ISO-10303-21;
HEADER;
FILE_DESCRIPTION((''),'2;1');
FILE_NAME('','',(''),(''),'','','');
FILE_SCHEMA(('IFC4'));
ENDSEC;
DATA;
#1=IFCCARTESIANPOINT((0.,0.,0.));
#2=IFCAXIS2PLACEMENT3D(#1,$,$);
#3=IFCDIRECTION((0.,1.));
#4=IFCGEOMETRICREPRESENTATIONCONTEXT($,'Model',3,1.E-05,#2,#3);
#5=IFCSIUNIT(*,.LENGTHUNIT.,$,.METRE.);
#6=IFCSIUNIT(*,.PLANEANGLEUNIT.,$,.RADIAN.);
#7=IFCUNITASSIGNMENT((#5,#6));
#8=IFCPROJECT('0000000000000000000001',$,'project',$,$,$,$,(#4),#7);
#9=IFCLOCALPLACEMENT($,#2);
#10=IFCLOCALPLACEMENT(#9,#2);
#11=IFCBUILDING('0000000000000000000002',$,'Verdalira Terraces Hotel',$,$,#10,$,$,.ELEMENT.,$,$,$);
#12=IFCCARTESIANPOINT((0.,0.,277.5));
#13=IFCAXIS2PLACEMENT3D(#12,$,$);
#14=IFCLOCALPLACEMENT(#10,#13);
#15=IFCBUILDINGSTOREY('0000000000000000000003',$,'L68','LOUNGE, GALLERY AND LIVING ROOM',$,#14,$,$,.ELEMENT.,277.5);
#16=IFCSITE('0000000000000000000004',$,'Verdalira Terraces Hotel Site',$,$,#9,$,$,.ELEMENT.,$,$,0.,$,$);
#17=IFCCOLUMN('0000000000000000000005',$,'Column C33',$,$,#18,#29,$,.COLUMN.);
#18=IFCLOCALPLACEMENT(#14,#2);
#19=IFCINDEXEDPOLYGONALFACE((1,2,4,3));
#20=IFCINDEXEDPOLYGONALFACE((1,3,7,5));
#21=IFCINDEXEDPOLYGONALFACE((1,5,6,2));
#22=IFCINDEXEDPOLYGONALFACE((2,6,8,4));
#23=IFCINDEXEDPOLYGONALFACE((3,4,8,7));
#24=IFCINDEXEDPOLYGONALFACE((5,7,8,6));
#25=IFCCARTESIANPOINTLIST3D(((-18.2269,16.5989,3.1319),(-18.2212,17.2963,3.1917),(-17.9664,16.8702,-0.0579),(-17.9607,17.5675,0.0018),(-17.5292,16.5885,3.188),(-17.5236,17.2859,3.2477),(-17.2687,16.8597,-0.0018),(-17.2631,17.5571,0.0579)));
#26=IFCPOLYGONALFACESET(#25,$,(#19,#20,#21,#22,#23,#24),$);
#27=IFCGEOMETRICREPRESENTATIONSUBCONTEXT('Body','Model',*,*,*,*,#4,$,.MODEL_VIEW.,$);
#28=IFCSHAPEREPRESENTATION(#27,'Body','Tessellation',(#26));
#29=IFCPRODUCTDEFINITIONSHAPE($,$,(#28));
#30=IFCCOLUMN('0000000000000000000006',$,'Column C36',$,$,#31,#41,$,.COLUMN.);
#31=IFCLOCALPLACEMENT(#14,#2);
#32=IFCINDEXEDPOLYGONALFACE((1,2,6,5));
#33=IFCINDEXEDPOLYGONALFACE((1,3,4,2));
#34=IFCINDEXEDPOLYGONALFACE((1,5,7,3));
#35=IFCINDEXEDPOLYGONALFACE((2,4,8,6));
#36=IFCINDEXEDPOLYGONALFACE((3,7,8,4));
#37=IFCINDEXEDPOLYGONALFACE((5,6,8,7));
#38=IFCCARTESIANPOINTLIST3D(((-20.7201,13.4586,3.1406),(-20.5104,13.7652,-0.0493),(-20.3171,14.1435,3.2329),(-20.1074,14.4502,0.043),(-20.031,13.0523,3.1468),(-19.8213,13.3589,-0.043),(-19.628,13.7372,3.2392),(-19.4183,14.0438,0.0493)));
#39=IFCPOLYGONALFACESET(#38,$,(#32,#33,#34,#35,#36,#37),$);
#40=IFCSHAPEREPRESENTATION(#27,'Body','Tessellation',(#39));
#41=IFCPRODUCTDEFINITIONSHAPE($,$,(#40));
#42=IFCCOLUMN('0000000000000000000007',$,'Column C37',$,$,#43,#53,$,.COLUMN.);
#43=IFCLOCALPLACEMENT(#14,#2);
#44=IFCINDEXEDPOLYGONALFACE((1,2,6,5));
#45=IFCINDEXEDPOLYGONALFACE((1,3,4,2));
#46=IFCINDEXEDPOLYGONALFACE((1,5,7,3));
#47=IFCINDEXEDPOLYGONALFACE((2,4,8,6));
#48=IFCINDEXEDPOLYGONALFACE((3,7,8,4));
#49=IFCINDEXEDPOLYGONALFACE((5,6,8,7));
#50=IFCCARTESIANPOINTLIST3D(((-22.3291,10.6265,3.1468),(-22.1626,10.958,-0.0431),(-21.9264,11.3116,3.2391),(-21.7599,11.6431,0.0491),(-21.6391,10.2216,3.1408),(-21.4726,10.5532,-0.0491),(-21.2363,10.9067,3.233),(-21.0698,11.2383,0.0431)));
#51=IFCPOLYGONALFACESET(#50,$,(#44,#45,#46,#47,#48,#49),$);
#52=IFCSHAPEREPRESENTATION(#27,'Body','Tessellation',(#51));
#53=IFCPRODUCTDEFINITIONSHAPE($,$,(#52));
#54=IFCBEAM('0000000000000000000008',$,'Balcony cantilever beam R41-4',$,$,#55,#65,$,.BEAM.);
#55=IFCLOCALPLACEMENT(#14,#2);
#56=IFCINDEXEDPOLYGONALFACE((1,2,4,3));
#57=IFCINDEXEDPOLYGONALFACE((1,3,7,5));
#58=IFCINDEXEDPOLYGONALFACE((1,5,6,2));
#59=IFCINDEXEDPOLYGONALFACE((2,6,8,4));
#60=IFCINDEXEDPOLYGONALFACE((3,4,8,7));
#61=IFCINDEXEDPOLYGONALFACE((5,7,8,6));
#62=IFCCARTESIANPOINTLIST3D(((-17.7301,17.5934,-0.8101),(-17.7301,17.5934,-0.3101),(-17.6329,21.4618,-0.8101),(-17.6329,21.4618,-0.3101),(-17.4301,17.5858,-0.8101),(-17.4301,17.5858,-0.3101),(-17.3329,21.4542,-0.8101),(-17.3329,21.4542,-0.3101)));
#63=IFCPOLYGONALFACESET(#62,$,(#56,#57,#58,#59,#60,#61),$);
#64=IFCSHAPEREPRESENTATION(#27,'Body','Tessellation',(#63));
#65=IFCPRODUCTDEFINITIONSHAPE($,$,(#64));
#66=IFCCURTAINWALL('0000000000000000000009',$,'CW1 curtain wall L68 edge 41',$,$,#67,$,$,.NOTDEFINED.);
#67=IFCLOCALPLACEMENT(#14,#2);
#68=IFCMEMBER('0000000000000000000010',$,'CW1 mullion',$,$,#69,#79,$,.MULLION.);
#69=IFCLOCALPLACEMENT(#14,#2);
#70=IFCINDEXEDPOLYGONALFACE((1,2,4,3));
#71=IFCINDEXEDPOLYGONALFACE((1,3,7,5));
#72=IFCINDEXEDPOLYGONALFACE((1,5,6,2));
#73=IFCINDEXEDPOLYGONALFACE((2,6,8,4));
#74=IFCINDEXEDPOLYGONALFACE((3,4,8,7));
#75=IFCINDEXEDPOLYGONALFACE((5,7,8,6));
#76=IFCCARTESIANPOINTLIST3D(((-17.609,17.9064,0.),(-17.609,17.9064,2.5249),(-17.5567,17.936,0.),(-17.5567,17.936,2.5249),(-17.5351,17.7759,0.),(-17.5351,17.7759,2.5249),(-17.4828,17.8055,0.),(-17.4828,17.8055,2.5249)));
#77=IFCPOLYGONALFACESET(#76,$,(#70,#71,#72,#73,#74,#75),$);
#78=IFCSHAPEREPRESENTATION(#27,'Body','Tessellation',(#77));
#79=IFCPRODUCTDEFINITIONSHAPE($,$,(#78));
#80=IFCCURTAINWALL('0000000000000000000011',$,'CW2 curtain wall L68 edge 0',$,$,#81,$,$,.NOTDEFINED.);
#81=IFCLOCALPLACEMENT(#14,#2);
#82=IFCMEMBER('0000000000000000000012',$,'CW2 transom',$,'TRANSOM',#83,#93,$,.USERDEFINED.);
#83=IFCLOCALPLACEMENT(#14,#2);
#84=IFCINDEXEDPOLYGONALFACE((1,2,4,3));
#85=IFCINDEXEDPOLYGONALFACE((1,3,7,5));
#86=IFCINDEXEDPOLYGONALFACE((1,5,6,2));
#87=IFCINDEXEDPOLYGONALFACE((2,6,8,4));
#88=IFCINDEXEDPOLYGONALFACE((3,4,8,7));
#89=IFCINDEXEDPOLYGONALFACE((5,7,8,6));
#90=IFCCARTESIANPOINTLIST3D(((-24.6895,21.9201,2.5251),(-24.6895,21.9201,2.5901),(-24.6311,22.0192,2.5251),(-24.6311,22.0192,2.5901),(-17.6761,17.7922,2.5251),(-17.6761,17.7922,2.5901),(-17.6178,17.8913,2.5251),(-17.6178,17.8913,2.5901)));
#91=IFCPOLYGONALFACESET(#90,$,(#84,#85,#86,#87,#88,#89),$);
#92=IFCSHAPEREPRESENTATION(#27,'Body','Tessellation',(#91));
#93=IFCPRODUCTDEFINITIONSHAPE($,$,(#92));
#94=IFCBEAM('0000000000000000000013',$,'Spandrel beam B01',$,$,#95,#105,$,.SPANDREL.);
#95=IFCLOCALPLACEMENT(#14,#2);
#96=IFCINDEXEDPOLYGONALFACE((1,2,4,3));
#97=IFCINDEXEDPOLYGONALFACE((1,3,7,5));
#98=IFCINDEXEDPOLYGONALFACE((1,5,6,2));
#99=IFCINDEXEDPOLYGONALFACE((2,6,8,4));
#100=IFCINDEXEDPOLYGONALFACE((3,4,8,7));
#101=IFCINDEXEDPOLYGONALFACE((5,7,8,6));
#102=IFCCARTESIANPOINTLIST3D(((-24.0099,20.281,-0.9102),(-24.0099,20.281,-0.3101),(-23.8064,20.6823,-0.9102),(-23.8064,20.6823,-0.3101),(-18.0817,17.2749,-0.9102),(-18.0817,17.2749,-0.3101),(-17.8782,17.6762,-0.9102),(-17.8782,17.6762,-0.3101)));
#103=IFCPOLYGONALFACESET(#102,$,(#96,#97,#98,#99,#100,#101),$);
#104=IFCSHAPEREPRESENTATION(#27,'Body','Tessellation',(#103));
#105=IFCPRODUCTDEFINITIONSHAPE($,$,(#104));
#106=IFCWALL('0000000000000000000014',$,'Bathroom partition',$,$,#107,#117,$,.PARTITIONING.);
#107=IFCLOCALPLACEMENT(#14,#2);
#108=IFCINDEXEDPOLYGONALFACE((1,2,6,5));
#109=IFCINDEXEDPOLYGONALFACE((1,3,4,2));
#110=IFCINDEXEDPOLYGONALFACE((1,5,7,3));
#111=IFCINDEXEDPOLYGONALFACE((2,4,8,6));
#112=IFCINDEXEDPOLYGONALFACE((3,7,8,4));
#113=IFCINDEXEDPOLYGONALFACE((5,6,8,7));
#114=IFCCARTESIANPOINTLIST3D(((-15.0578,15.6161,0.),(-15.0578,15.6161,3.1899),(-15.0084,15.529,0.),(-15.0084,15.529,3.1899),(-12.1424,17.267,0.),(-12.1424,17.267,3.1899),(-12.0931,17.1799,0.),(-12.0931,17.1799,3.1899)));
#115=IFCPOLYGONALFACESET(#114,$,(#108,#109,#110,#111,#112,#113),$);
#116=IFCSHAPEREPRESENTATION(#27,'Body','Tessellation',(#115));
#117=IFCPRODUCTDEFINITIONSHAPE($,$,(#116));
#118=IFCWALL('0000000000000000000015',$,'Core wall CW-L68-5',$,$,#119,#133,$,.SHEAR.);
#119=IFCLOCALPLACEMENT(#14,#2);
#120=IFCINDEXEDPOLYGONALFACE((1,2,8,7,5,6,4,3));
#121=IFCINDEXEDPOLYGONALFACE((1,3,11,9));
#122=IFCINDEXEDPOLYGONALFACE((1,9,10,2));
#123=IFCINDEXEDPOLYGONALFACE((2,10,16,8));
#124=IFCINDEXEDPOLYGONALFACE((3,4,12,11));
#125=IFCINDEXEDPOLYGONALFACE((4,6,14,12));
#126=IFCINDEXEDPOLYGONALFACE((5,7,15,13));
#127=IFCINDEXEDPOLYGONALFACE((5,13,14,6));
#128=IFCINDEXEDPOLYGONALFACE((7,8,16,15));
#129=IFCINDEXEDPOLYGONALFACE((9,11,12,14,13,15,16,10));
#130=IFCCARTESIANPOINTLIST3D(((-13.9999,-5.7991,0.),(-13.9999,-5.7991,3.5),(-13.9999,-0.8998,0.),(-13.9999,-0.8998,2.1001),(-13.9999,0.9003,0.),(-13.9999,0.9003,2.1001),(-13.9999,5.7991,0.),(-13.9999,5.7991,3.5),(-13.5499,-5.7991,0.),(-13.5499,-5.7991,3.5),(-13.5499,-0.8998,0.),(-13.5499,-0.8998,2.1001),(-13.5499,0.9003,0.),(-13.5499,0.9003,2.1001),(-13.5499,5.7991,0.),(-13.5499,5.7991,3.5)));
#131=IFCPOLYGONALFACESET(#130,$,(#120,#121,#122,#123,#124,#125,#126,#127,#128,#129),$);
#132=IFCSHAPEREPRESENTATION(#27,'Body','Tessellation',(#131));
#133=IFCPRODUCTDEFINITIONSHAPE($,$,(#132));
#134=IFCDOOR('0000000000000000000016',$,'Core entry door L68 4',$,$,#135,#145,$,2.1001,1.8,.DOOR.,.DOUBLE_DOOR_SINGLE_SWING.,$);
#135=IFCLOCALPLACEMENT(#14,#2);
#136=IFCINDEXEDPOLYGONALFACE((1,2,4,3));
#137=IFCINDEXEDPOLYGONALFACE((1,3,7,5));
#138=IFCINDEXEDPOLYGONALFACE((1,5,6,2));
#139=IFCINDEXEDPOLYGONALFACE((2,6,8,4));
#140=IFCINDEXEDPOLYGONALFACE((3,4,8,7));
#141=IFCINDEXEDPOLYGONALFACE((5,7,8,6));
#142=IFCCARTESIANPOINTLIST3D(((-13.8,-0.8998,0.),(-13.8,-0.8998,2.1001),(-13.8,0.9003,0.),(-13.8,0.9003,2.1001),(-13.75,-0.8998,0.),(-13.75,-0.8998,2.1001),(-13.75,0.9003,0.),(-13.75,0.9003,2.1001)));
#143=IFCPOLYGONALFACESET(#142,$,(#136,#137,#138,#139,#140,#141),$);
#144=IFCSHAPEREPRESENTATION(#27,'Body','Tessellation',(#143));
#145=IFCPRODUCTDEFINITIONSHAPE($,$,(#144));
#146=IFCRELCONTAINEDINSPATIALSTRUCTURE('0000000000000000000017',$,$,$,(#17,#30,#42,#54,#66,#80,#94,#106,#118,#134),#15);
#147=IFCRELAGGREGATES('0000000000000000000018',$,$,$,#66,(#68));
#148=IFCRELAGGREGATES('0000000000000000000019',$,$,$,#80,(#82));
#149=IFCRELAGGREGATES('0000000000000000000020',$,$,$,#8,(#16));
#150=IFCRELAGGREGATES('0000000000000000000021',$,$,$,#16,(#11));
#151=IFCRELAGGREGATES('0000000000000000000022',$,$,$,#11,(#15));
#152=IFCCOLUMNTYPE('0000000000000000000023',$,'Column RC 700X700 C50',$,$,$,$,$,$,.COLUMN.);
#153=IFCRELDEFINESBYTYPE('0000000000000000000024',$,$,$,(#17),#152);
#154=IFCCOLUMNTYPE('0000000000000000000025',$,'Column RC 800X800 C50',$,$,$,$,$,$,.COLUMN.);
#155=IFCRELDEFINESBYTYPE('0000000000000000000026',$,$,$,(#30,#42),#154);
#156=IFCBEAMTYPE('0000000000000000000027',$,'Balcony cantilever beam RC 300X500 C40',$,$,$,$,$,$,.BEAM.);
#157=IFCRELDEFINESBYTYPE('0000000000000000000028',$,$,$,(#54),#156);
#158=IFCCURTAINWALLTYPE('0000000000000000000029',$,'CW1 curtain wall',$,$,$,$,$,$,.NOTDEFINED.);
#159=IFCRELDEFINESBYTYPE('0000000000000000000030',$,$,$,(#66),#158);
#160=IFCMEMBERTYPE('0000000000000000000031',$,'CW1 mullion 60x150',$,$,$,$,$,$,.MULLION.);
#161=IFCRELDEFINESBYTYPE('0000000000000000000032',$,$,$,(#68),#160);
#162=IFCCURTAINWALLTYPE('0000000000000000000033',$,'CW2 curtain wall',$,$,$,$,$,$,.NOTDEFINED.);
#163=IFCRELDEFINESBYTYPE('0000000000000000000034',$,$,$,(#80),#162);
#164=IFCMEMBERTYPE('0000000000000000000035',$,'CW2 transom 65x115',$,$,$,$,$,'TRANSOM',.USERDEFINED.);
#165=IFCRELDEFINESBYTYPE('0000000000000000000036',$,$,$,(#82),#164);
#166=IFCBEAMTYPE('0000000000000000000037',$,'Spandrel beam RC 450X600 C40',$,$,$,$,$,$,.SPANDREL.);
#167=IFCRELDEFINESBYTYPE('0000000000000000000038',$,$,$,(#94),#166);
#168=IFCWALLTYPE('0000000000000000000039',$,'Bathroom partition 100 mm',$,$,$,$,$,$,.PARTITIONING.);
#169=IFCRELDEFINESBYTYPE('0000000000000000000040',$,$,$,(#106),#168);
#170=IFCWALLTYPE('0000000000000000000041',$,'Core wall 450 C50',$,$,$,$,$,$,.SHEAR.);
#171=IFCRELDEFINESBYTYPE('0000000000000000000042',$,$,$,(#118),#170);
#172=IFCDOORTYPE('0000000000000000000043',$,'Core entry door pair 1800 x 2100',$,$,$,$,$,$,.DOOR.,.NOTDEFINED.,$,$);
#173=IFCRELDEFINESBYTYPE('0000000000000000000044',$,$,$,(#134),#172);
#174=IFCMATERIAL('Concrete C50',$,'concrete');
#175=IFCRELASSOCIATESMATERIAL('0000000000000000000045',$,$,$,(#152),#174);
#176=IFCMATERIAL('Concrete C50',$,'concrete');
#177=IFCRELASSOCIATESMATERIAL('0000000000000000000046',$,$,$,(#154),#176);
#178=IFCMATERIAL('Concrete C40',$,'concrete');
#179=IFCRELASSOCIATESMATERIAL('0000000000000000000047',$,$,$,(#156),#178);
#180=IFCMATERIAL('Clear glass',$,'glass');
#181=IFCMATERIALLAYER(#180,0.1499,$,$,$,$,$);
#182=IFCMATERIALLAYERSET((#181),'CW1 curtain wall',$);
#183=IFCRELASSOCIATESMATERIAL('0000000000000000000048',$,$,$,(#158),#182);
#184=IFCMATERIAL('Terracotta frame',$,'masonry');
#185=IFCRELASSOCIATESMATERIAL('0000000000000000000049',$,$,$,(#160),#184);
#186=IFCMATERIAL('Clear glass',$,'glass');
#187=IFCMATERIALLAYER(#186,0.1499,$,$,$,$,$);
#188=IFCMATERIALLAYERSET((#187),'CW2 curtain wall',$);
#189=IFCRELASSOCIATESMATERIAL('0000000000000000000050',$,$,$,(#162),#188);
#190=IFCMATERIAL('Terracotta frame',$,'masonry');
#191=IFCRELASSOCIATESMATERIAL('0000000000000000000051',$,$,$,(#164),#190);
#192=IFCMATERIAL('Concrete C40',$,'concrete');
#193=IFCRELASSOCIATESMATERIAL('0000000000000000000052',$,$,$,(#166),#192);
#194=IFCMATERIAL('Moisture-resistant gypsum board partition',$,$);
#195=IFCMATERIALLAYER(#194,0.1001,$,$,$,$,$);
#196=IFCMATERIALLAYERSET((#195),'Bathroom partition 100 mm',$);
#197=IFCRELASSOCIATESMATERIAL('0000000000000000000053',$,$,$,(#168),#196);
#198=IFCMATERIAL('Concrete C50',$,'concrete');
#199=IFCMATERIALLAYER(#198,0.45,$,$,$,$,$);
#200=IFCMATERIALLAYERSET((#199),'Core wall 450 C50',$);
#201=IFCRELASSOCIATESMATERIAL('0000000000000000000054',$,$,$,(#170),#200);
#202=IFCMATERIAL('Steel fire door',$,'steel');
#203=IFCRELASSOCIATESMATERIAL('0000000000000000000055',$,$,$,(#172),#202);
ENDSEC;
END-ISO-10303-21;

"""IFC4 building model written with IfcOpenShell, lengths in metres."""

from ifc_helpers import new_model, si_unit, direction, frame, frame_2d, origin, origin_2d, place, context, subcontext, project, spatial, rectangle, extrude, material, layer, layer_set, material_profile, profile_set, type_object, element, fill, aggregate, save


model = new_model("IFC4")

# Units and contexts
model_context = context("Model", 3, precision=1e-05, world=origin(), true_north=direction((0.0, 1.0)))
body_context = subcontext(model_context, "Body", "Model", "MODEL_VIEW")
ifc_project = project(units=[si_unit("LENGTHUNIT", "METRE"), si_unit("PLANEANGLEUNIT", "RADIAN")], contexts=[model_context])

# Site, building, storey
site_placement = place(None, origin())
site = spatial("IfcSite", under=ifc_project, at=site_placement, Name="Verdalira Terraces Hotel Site", CompositionType="ELEMENT", RefElevation=0.0)
building_placement = place(site_placement, origin())
building = spatial("IfcBuilding", under=site, at=building_placement, Name="Verdalira Terraces Hotel", CompositionType="ELEMENT")
storey_placement = place(building_placement, frame((0.0, 0.0, 277.5)))
storey = spatial("IfcBuildingStorey", under=building, at=storey_placement, Name="L68", Description="LOUNGE, GALLERY AND LIVING ROOM", CompositionType="ELEMENT", Elevation=277.5)

# Columns
ifc_material_1 = material(Name="Concrete C50", Category="concrete")
ifc_material_profile_1 = material_profile(ifc_material_1, rectangle(XDim=0.7, YDim=0.7, at=origin_2d()), Name="RC 700X700")
ifc_profile_set_1 = profile_set([ifc_material_profile_1], Name="Concrete C50")
column_type_1 = type_object("IfcColumnType", Name="Column RC 700X700 C50", PredefinedType="COLUMN", material=ifc_profile_set_1)
column_placement = place(storey_placement, frame((-17.6147, 17.2136, 0.0), z_axis=(-0.081101, -0.084445, 0.993122), x_axis=(0.996673, -0.01491, 0.080123)))
element("IfcColumn", 1, at=column_placement, inside=storey, type_object=column_type_1, Name="Column C33", PredefinedType="COLUMN", context=body_context, shape_type="SweptSolid", body=[
    extrude(rectangle(XDim=0.7, YDim=0.7, at=origin_2d()), origin(), (0.0, 0.0, 1.0), 3.2119),
])
ifc_material_2 = material(Name="Concrete C50", Category="concrete")
ifc_material_profile_2 = material_profile(ifc_material_2, rectangle(XDim=0.8, YDim=0.8, at=origin_2d()), Name="RC 800X800")
ifc_profile_set_2 = profile_set([ifc_material_profile_2], Name="Concrete C50")
column_type_2 = type_object("IfcColumnType", Name="Column RC 800X800 C50", PredefinedType="COLUMN", material=ifc_profile_set_2)
for number, where, z_axis, x_axis, name in (
    (2, (-19.9644, 13.9045, 0.0), (-0.065302, -0.095482, 0.993287), (-0.861384, 0.507894, -0.007808), "Column C36"),
    (3, (-21.6162, 11.0981, 0.0), (-0.051847, -0.103238, 0.993304), (-0.862499, 0.506002, 0.007571), "Column C37"),
):
    element("IfcColumn", number, at=place(storey_placement, frame(where, z_axis=z_axis, x_axis=x_axis)), inside=storey, type_object=column_type_2, Name=name, PredefinedType="COLUMN", context=body_context, shape_type="SweptSolid", body=[
        extrude(rectangle(XDim=0.8, YDim=0.8, at=origin_2d()), origin(), (0.0, 0.0, 1.0), 3.2114),
    ])

# Beam
ifc_material_3 = material(Name="Concrete C40", Category="concrete")
ifc_material_profile_3 = material_profile(ifc_material_3, rectangle(XDim=0.3, YDim=0.5, at=origin_2d()), Name="RC 300X500")
ifc_profile_set_3 = profile_set([ifc_material_profile_3], Name="Concrete C40")
beam_type_1 = type_object("IfcBeamType", Name="Balcony cantilever beam RC 300X500 C40", PredefinedType="BEAM", material=ifc_profile_set_3)
beam_1_placement = place(storey_placement, frame((-17.5801, 17.5896, -0.5601), z_axis=(0.02511, 0.999685, 0.0), x_axis=(-0.999685, 0.02511, 0.0)))
element("IfcBeam", 4, at=beam_1_placement, inside=storey, type_object=beam_type_1, Name="Balcony cantilever beam R41-4", PredefinedType="BEAM", context=body_context, shape_type="SweptSolid", body=[
    extrude(rectangle(XDim=0.3, YDim=0.5, at=origin_2d()), origin(), (0.0, 0.0, 1.0), 3.8696),
])

# Curtain walls, members
ifc_material_4 = material(Name="Clear glass", Category="glass")
ifc_layer_1 = layer(ifc_material_4, 0.1499)
ifc_layer_set_1 = layer_set([ifc_layer_1], Name="CW1 curtain wall")
curtain_wall_type_1 = type_object("IfcCurtainWallType", Name="CW1 curtain wall", PredefinedType="NOTDEFINED", material=ifc_layer_set_1)
curtain_wall_1_placement = place(storey_placement, origin())
curtain_wall_1 = element("IfcCurtainWall", 5, at=curtain_wall_1_placement, inside=storey, type_object=curtain_wall_type_1, Name="CW1 curtain wall L68 edge 41", PredefinedType="NOTDEFINED")
ifc_material_5 = material(Name="Terracotta frame", Category="masonry")
ifc_material_profile_4 = material_profile(ifc_material_5, rectangle(XDim=0.0601, YDim=0.1499, at=origin_2d()), Name="MU 60x150")
ifc_profile_set_4 = profile_set([ifc_material_profile_4], Name="Terracotta frame")
member_type_1 = type_object("IfcMemberType", Name="CW1 mullion 60x150", PredefinedType="MULLION", material=ifc_profile_set_4)
member_1_placement = place(storey_placement, frame((-17.5459, 17.856, 0.0), z_axis=(0.0, 0.0, 1.0), x_axis=(-0.870184, -0.492727, 0.0)))
member_1 = element("IfcMember", 6, at=member_1_placement, type_object=member_type_1, Name="CW1 mullion", PredefinedType="MULLION", context=body_context, shape_type="SweptSolid", body=[
    extrude(rectangle(XDim=0.0601, YDim=0.1499, at=origin_2d()), origin(), (0.0, 0.0, 1.0), 2.5249),
])
aggregate(curtain_wall_1, [member_1])
ifc_material_6 = material(Name="Clear glass", Category="glass")
ifc_layer_2 = layer(ifc_material_6, 0.1499)
ifc_layer_set_2 = layer_set([ifc_layer_2], Name="CW2 curtain wall")
curtain_wall_type_2 = type_object("IfcCurtainWallType", Name="CW2 curtain wall", PredefinedType="NOTDEFINED", material=ifc_layer_set_2)
curtain_wall_2_placement = place(storey_placement, origin())
curtain_wall_2 = element("IfcCurtainWall", 7, at=curtain_wall_2_placement, inside=storey, type_object=curtain_wall_type_2, Name="CW2 curtain wall L68 edge 0", PredefinedType="NOTDEFINED")
ifc_material_7 = material(Name="Terracotta frame", Category="masonry")
ifc_material_profile_5 = material_profile(ifc_material_7, rectangle(XDim=0.115, YDim=0.0649, at=origin_2d()), Name="TR 65x115")
ifc_profile_set_5 = profile_set([ifc_material_profile_5], Name="Terracotta frame")
member_type_2 = type_object("IfcMemberType", Name="CW2 transom 65x115", ElementType="TRANSOM", PredefinedType="USERDEFINED", material=ifc_profile_set_5)
member_2_placement = place(storey_placement, frame((-17.647, 17.8418, 2.5576), z_axis=(-0.861806, 0.507238, 0.0), x_axis=(-0.507238, -0.861806, 0.0)))
member_2 = element("IfcMember", 8, at=member_2_placement, type_object=member_type_2, Name="CW2 transom", ObjectType="TRANSOM", PredefinedType="USERDEFINED", context=body_context, shape_type="SweptSolid", body=[
    extrude(rectangle(XDim=0.115, YDim=0.0649, at=origin_2d()), origin(), (0.0, 0.0, 1.0), 8.1379),
])
aggregate(curtain_wall_2, [member_2])

# Beam
ifc_material_8 = material(Name="Concrete C40", Category="concrete")
ifc_material_profile_6 = material_profile(ifc_material_8, rectangle(XDim=0.45, YDim=0.6001, at=origin_2d()), Name="RC 450X600")
ifc_profile_set_6 = profile_set([ifc_material_profile_6], Name="Concrete C40")
beam_type_2 = type_object("IfcBeamType", Name="Spandrel beam RC 450X600 C40", PredefinedType="SPANDREL", material=ifc_profile_set_6)
beam_2_placement = place(storey_placement, frame((-17.98, 17.4756, -0.6101), z_axis=(-0.891886, 0.452261, 0.0), x_axis=(-0.452261, -0.891886, 0.0)))
element("IfcBeam", 9, at=beam_2_placement, inside=storey, type_object=beam_type_2, Name="Spandrel beam B01", PredefinedType="SPANDREL", context=body_context, shape_type="SweptSolid", body=[
    extrude(rectangle(XDim=0.45, YDim=0.6001, at=origin_2d()), origin(), (0.0, 0.0, 1.0), 6.6467),
])

# Wall
ifc_material_9 = material(Name="Moisture-resistant gypsum board partition")
ifc_layer_3 = layer(ifc_material_9, 0.1001)
ifc_layer_set_3 = layer_set([ifc_layer_3], Name="Bathroom partition 100 mm")
wall_type_1 = type_object("IfcWallType", Name="Bathroom partition 100 mm", PredefinedType="PARTITIONING", material=ifc_layer_set_3)
wall_1_placement = place(storey_placement, frame((-15.0332, 15.5725, 0.0), z_axis=(0.0, 0.0, 1.0), x_axis=(0.870165, 0.492761, 0.0)))
element("IfcWall", 10, at=wall_1_placement, inside=storey, type_object=wall_type_1, Name="Bathroom partition", PredefinedType="PARTITIONING", context=body_context, shape_type="SweptSolid", body=[
    extrude(rectangle(XDim=3.3503, YDim=0.1001, at=frame_2d((1.6753, 0.0))), origin(), (0.0, 0.0, 1.0), 3.1899),
])

# Wall, opening, door
ifc_material_10 = material(Name="Concrete C50", Category="concrete")
ifc_layer_4 = layer(ifc_material_10, 0.45)
ifc_layer_set_4 = layer_set([ifc_layer_4], Name="Core wall 450 C50")
wall_type_2 = type_object("IfcWallType", Name="Core wall 450 C50", PredefinedType="SHEAR", material=ifc_layer_set_4)
wall_2_placement = place(storey_placement, frame((-13.7749, 5.7991, 0.0), z_axis=(0.0, 0.0, 1.0), x_axis=(0.0, -1.0, 0.0)))
wall_2 = element("IfcWall", 11, at=wall_2_placement, inside=storey, type_object=wall_type_2, Name="Core wall CW-L68-5", PredefinedType="SHEAR", context=body_context, shape_type="SweptSolid", body=[
    extrude(rectangle(XDim=11.5981, YDim=0.45, at=frame_2d((5.7991, 0.0))), origin(), (0.0, 0.0, 1.0), 3.5),
])
opening_1_placement = place(wall_2_placement, frame((4.8989, 0.0, 0.0)))
opening_1 = element("IfcOpeningElement", 12, at=opening_1_placement, cuts=wall_2, PredefinedType="OPENING", context=body_context, shape_type="SweptSolid", body=[
    extrude(rectangle(XDim=1.8, YDim=2.1001, at=frame_2d((0.8999, 1.05))), frame((0.0, 0.2349, 0.0), z_axis=(0.0, -1.0, 0.0), x_axis=(1.0, 0.0, 0.0)), (0.0, 0.0, 1.0), 0.47),
])
ifc_material_11 = material(Name="Steel fire door", Category="steel")
door_type_1 = type_object("IfcDoorType", Name="Core entry door pair 1800 x 2100", OperationType="NOTDEFINED", PredefinedType="DOOR", material=ifc_material_11)
door_1_placement = place(opening_1_placement, origin())
door_1 = element("IfcDoor", 13, at=door_1_placement, inside=storey, type_object=door_type_1, Name="Core entry door L68 4", OperationType="DOUBLE_DOOR_SINGLE_SWING", OverallHeight=2.1001, OverallWidth=1.8, PredefinedType="DOOR", context=body_context, shape_type="SweptSolid", body=[
    extrude(rectangle(XDim=1.8, YDim=2.1001, at=frame_2d((0.8999, 1.05))), frame((0.0, 0.0249, 0.0), z_axis=(0.0, -1.0, 0.0), x_axis=(1.0, 0.0, 0.0)), (0.0, 0.0, 1.0), 0.05),
])
fill(opening_1, door_1)

save(model, "model.ifc")
